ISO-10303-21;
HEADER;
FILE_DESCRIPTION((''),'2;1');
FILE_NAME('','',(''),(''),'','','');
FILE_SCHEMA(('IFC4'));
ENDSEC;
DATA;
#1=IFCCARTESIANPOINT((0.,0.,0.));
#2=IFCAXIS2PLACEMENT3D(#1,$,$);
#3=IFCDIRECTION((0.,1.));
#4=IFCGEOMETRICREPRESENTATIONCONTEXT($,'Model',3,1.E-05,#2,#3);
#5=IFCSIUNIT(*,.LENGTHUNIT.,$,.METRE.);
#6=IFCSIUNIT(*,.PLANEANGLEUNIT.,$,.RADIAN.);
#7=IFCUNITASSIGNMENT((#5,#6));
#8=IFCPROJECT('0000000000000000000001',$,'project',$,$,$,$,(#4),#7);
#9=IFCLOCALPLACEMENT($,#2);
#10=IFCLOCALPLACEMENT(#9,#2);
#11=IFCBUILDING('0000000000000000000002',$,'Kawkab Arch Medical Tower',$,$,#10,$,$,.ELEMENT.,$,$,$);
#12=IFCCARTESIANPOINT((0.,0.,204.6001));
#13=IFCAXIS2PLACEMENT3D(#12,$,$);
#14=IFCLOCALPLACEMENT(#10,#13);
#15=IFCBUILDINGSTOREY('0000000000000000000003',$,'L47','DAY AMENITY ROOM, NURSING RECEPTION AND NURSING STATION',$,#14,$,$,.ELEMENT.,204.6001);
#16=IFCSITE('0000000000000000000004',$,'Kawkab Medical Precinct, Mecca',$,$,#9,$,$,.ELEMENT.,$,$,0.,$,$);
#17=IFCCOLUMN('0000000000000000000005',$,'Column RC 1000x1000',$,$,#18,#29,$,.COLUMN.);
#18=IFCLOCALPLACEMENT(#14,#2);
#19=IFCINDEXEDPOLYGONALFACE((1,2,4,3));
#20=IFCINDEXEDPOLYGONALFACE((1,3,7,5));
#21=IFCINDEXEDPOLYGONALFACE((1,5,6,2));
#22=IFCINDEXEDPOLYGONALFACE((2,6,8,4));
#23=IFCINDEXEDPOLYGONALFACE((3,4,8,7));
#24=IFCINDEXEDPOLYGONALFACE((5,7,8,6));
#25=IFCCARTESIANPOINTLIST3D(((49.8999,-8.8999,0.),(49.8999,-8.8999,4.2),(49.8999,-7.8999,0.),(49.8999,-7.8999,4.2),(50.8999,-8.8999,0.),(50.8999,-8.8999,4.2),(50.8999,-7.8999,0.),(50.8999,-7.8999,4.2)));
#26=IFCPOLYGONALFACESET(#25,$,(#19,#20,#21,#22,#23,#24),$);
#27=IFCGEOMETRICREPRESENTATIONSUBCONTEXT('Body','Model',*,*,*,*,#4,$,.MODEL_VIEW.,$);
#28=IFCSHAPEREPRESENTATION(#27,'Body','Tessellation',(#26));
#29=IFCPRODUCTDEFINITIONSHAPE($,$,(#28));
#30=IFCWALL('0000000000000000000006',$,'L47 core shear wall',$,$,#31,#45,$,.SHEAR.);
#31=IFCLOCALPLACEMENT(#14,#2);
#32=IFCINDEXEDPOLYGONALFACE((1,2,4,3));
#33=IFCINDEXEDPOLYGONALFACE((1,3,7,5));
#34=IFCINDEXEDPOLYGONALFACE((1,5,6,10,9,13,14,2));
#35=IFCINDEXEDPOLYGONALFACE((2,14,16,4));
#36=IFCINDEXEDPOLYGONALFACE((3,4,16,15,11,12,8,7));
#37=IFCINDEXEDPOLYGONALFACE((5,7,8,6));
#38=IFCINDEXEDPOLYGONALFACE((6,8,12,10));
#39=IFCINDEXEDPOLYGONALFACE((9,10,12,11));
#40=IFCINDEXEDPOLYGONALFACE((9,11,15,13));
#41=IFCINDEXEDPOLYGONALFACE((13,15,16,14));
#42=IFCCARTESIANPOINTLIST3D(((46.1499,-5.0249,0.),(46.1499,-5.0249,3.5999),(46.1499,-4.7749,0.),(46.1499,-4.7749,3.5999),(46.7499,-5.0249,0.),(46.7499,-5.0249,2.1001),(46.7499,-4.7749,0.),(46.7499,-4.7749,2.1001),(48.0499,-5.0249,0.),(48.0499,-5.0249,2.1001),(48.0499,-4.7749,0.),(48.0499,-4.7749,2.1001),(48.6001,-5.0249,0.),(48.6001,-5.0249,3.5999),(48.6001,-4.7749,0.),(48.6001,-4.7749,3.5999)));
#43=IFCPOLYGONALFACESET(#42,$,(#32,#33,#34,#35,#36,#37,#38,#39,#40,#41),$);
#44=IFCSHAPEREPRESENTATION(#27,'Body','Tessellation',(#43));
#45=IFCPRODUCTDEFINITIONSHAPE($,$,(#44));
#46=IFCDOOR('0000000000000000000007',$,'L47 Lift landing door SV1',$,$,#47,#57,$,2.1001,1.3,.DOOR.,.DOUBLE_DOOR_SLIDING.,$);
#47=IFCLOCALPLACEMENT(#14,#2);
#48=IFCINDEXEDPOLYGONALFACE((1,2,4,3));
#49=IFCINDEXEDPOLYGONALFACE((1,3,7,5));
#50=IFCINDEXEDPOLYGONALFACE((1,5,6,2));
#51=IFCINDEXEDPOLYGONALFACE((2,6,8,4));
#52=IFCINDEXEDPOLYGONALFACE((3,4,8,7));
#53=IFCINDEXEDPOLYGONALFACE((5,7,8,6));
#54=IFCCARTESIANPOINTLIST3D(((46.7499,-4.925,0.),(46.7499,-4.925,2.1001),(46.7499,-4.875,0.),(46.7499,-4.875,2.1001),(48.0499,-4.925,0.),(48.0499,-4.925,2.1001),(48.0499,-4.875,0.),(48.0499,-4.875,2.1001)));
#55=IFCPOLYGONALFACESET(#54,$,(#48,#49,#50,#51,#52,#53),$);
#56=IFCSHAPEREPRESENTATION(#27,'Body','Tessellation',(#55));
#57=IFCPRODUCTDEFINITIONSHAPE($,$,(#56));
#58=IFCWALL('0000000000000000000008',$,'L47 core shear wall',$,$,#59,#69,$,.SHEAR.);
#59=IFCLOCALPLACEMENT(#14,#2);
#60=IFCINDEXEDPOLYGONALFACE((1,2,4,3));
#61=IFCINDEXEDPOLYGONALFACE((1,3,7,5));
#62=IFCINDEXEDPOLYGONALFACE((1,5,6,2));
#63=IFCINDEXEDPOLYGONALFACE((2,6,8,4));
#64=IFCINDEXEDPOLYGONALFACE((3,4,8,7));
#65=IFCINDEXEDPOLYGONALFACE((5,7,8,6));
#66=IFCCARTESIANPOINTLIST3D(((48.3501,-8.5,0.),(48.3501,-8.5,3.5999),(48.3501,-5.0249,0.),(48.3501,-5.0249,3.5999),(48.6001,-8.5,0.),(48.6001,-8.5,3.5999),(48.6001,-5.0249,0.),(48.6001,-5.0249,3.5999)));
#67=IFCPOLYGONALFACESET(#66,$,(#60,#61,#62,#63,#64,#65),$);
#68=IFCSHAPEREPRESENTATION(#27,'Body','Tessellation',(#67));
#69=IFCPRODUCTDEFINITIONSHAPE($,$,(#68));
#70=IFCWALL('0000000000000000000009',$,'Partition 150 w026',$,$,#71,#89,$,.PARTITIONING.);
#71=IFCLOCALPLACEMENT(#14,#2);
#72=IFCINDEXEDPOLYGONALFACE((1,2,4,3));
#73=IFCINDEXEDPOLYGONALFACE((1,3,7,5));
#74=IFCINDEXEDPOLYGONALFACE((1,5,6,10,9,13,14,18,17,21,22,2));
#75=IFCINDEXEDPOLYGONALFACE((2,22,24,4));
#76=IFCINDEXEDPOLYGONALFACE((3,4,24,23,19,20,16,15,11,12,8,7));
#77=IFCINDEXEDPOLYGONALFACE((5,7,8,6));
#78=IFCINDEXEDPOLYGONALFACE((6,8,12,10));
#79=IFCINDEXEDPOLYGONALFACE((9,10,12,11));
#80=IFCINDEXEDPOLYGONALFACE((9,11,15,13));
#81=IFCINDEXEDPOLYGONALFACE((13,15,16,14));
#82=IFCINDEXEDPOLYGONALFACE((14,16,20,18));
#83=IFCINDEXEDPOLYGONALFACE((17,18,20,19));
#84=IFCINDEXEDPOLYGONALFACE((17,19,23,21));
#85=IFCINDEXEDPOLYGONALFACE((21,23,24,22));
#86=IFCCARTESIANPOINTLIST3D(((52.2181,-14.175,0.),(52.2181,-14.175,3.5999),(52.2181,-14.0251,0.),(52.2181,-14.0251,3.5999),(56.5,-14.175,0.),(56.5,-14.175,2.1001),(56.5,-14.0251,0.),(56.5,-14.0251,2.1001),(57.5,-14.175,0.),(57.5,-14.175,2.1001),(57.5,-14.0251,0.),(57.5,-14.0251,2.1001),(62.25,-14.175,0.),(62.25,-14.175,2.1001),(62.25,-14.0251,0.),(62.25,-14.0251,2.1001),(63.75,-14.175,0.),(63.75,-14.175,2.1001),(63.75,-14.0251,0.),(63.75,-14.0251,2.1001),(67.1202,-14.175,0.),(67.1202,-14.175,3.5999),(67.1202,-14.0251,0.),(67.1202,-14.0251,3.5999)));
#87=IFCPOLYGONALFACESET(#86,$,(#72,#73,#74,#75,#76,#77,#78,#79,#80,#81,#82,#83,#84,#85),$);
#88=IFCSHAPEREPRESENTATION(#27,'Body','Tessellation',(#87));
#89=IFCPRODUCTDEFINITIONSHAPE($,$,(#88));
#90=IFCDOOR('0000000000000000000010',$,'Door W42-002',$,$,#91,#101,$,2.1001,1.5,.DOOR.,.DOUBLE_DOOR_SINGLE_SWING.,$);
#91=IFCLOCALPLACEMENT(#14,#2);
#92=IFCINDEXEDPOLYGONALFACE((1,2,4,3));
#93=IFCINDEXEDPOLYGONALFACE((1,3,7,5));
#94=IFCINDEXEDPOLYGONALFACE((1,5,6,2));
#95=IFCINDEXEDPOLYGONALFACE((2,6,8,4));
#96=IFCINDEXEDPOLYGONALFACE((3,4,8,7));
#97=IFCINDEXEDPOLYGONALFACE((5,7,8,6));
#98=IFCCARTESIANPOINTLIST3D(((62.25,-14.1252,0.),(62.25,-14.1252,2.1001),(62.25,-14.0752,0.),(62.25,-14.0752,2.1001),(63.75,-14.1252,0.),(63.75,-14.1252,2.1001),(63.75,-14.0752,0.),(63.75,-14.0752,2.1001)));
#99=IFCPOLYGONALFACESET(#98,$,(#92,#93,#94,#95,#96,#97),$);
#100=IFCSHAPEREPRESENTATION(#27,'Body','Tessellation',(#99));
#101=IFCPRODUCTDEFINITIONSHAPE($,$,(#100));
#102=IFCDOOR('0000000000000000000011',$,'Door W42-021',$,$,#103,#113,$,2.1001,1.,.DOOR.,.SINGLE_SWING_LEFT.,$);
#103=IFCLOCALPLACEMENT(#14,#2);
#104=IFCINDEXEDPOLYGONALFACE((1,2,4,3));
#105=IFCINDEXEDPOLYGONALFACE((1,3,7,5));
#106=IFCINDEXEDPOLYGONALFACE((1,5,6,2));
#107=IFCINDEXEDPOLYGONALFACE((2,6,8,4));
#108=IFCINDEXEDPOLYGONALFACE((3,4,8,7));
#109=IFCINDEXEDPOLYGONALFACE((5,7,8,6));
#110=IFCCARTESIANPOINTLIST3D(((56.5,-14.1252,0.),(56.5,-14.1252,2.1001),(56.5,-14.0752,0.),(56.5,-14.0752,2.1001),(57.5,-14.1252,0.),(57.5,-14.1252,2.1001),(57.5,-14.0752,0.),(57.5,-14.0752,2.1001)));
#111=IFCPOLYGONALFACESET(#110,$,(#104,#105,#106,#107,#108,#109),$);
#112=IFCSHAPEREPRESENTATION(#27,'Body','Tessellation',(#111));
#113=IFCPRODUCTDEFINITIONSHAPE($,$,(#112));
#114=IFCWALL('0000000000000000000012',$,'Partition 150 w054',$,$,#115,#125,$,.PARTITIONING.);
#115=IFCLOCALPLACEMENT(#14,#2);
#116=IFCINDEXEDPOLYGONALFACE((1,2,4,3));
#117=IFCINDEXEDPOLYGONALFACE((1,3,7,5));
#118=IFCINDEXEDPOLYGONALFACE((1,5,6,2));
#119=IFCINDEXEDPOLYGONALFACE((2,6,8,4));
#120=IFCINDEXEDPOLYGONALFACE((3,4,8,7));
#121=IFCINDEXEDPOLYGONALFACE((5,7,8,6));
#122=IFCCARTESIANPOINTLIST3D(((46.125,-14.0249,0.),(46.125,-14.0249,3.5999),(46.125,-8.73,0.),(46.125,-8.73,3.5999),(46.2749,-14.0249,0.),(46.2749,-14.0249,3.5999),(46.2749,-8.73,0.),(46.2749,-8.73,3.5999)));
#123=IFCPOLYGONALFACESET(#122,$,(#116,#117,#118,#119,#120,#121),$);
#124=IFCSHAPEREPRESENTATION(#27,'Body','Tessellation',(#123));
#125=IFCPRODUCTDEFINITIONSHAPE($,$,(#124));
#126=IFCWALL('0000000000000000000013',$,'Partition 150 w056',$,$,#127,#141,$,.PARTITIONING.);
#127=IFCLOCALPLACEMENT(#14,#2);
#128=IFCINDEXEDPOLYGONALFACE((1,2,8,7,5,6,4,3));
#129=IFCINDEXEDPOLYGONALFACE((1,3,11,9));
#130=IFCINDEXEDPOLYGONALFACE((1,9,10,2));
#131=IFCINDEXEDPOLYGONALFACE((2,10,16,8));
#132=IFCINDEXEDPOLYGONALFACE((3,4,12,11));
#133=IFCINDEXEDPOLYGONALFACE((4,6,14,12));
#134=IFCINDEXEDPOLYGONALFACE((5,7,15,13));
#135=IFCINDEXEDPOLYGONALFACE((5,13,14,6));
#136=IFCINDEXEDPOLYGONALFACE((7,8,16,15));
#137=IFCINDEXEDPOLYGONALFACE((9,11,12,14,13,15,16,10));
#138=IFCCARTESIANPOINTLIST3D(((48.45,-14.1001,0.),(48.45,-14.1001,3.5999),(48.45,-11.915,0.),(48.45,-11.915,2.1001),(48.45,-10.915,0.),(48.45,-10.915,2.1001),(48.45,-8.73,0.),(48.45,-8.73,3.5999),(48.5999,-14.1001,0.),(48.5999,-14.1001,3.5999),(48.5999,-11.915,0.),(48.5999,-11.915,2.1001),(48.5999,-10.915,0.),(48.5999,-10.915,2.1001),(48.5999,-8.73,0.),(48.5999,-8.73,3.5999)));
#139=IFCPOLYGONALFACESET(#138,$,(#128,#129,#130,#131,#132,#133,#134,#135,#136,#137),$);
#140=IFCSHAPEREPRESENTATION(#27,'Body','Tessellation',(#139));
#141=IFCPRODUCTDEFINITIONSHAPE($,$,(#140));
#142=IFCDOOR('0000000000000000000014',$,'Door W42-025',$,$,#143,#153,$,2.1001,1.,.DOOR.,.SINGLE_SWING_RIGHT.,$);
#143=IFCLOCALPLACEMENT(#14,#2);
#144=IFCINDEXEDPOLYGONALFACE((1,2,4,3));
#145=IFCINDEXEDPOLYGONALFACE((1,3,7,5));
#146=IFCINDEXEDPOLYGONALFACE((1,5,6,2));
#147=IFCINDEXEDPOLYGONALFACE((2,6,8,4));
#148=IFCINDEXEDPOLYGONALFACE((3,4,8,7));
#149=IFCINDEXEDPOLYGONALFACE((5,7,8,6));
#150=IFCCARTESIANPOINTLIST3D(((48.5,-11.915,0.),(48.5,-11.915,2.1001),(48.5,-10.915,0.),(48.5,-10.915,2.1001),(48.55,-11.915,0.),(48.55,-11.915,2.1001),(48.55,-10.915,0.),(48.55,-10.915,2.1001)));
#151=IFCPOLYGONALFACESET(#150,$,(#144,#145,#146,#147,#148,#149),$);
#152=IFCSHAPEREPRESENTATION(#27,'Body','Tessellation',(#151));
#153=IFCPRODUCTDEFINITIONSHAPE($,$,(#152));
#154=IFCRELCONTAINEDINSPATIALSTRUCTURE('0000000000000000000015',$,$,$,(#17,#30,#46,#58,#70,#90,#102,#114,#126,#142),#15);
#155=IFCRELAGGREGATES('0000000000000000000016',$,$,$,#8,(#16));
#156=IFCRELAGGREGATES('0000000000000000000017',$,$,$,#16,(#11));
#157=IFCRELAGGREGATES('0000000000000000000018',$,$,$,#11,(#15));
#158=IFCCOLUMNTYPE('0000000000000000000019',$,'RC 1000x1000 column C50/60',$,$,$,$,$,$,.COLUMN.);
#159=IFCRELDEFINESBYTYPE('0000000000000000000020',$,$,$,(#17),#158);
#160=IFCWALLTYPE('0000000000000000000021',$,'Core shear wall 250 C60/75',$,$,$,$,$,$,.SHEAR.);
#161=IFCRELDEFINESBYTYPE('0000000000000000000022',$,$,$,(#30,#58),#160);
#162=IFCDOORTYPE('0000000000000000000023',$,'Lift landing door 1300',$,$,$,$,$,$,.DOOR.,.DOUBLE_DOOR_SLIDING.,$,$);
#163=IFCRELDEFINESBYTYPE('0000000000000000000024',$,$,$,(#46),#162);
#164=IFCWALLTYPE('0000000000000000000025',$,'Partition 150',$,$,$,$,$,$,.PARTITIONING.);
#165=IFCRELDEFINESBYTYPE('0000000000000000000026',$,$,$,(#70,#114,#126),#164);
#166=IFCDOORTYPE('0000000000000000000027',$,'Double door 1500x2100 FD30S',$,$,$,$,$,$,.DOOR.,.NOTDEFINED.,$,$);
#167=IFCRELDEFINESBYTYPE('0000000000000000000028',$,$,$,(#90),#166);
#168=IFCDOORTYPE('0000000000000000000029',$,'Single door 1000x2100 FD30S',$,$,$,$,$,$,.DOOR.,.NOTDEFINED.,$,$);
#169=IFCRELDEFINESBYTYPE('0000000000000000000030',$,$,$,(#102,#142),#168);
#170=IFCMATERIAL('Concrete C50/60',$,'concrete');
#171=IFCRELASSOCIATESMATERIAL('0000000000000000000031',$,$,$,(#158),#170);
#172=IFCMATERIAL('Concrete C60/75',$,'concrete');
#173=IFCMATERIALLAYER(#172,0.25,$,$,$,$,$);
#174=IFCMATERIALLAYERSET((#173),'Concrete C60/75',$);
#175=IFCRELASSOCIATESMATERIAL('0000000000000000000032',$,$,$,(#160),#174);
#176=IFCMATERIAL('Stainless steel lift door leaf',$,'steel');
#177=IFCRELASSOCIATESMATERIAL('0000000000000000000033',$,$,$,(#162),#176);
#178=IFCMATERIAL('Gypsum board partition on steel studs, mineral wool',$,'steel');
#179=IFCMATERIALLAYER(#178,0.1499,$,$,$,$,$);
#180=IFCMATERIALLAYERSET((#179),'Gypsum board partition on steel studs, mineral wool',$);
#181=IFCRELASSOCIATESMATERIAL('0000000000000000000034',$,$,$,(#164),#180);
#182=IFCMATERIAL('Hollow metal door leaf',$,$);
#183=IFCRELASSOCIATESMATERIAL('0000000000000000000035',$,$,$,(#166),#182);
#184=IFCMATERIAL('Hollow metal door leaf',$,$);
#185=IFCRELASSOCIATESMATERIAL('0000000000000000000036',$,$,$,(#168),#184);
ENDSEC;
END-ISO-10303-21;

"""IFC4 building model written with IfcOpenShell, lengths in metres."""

from ifc_helpers import new_model, si_unit, direction, frame, frame_2d, origin, origin_2d, place, context, subcontext, project, spatial, rectangle, extrude, material, layer, layer_set, material_profile, profile_set, type_object, element, fill, save


model = new_model("IFC4")

# Units and contexts
model_context = context("Model", 3, precision=1e-05, world=origin(), true_north=direction((0.0, 1.0)))
body_context = subcontext(model_context, "Body", "Model", "MODEL_VIEW")
ifc_project = project(units=[si_unit("LENGTHUNIT", "METRE"), si_unit("PLANEANGLEUNIT", "RADIAN")], contexts=[model_context])

# Site, building, storey
site_placement = place(None, origin())
site = spatial("IfcSite", under=ifc_project, at=site_placement, Name="Kawkab Medical Precinct, Mecca", CompositionType="ELEMENT", RefElevation=0.0)
building_placement = place(site_placement, origin())
building = spatial("IfcBuilding", under=site, at=building_placement, Name="Kawkab Arch Medical Tower", CompositionType="ELEMENT")
storey_placement = place(building_placement, frame((0.0, 0.0, 204.6001)))
storey = spatial("IfcBuildingStorey", under=building, at=storey_placement, Name="L47", Description="DAY AMENITY ROOM, NURSING RECEPTION AND NURSING STATION", CompositionType="ELEMENT", Elevation=204.6001)

# Column
ifc_material_1 = material(Name="Concrete C50/60", Category="concrete")
ifc_material_profile = material_profile(ifc_material_1, rectangle(XDim=1.0, YDim=1.0, at=origin_2d()), Name="RC 1000x1000")
ifc_profile_set = profile_set([ifc_material_profile], Name="Concrete C50/60")
column_type = type_object("IfcColumnType", Name="RC 1000x1000 column C50/60", PredefinedType="COLUMN", material=ifc_profile_set)
column_placement = place(storey_placement, frame((50.3999, -8.3999, 0.0), z_axis=(0.0, 0.0, 1.0), x_axis=(1.0, 0.0, 0.0)))
element("IfcColumn", 1, at=column_placement, inside=storey, type_object=column_type, Name="Column RC 1000x1000", PredefinedType="COLUMN", context=body_context, shape_type="SweptSolid", body=[
    extrude(rectangle(XDim=1.0, YDim=1.0, at=origin_2d()), origin(), (0.0, 0.0, 1.0), 4.2),
])

# Wall, opening, door
ifc_material_2 = material(Name="Concrete C60/75", Category="concrete")
ifc_layer_1 = layer(ifc_material_2, 0.25)
ifc_layer_set_1 = layer_set([ifc_layer_1], Name="Concrete C60/75")
wall_type_1 = type_object("IfcWallType", Name="Core shear wall 250 C60/75", PredefinedType="SHEAR", material=ifc_layer_set_1)
wall_1_placement = place(storey_placement, frame((46.1499, -4.8999, 0.0), z_axis=(0.0, 0.0, 1.0), x_axis=(1.0, 0.0, 0.0)))
wall_1 = element("IfcWall", 2, at=wall_1_placement, inside=storey, type_object=wall_type_1, Name="L47 core shear wall", PredefinedType="SHEAR", context=body_context, shape_type="SweptSolid", body=[
    extrude(rectangle(XDim=2.4502, YDim=0.25, at=frame_2d((1.2251, 0.0))), origin(), (0.0, 0.0, 1.0), 3.5999),
])
opening_1_placement = place(wall_1_placement, frame((0.6001, 0.0, 0.0)))
opening_1 = element("IfcOpeningElement", 3, at=opening_1_placement, cuts=wall_1, PredefinedType="OPENING", context=body_context, shape_type="SweptSolid", body=[
    extrude(rectangle(XDim=1.3, YDim=2.1001, at=frame_2d((0.6499, 1.05))), frame((0.0, 0.135, 0.0), z_axis=(0.0, -1.0, 0.0), x_axis=(1.0, 0.0, 0.0)), (0.0, 0.0, 1.0), 0.27),
])
ifc_material_3 = material(Name="Stainless steel lift door leaf", Category="steel")
door_type_1 = type_object("IfcDoorType", Name="Lift landing door 1300", OperationType="DOUBLE_DOOR_SLIDING", PredefinedType="DOOR", material=ifc_material_3)
door_1_placement = place(opening_1_placement, origin())
door_1 = element("IfcDoor", 4, at=door_1_placement, inside=storey, type_object=door_type_1, Name="L47 Lift landing door SV1", OperationType="DOUBLE_DOOR_SLIDING", OverallHeight=2.1001, OverallWidth=1.3, PredefinedType="DOOR", context=body_context, shape_type="SweptSolid", body=[
    extrude(rectangle(XDim=1.3, YDim=2.1001, at=frame_2d((0.6499, 1.05))), frame((0.0, 0.0249, 0.0), z_axis=(0.0, -1.0, 0.0), x_axis=(1.0, 0.0, 0.0)), (0.0, 0.0, 1.0), 0.05),
])
fill(opening_1, door_1)

# Wall
wall_2_placement = place(storey_placement, frame((48.4751, -8.5, 0.0), z_axis=(0.0, 0.0, 1.0), x_axis=(0.0, 1.0, 0.0)))
element("IfcWall", 5, at=wall_2_placement, inside=storey, type_object=wall_type_1, Name="L47 core shear wall", PredefinedType="SHEAR", context=body_context, shape_type="SweptSolid", body=[
    extrude(rectangle(XDim=3.4751, YDim=0.25, at=frame_2d((1.7375, 0.0))), origin(), (0.0, 0.0, 1.0), 3.5999),
])

# Wall, openings, doors
ifc_material_4 = material(Name="Gypsum board partition on steel studs, mineral wool", Category="steel")
ifc_layer_2 = layer(ifc_material_4, 0.1499)
ifc_layer_set_2 = layer_set([ifc_layer_2], Name="Gypsum board partition on steel studs, mineral wool")
wall_type_2 = type_object("IfcWallType", Name="Partition 150", PredefinedType="PARTITIONING", material=ifc_layer_set_2)
wall_3_placement = place(storey_placement, frame((52.218, -14.1001, 0.0), z_axis=(0.0, 0.0, 1.0), x_axis=(1.0, 0.0, 0.0)))
wall_3 = element("IfcWall", 6, at=wall_3_placement, inside=storey, type_object=wall_type_2, Name="Partition 150 w026", PredefinedType="PARTITIONING", context=body_context, shape_type="SweptSolid", body=[
    extrude(rectangle(XDim=14.9021, YDim=0.1499, at=frame_2d((7.4512, 0.0))), origin(), (0.0, 0.0, 1.0), 3.5999),
])
opening_2_placement = place(wall_3_placement, frame((4.282, 0.0, 0.0)))
opening_2 = element("IfcOpeningElement", 7, at=opening_2_placement, cuts=wall_3, PredefinedType="OPENING", context=body_context, shape_type="SweptSolid", body=[
    extrude(rectangle(XDim=1.0, YDim=2.1001, at=frame_2d((0.5, 1.05))), frame((0.0, 0.085, 0.0), z_axis=(0.0, -1.0, 0.0), x_axis=(1.0, 0.0, 0.0)), (0.0, 0.0, 1.0), 0.1699),
])
opening_3_placement = place(wall_3_placement, frame((10.032, 0.0, 0.0)))
opening_3 = element("IfcOpeningElement", 8, at=opening_3_placement, cuts=wall_3, PredefinedType="OPENING", context=body_context, shape_type="SweptSolid", body=[
    extrude(rectangle(XDim=1.5, YDim=2.1001, at=frame_2d((0.75, 1.05))), frame((0.0, 0.085, 0.0), z_axis=(0.0, -1.0, 0.0), x_axis=(1.0, 0.0, 0.0)), (0.0, 0.0, 1.0), 0.1699),
])
ifc_material_5 = material(Name="Hollow metal door leaf")
door_type_2 = type_object("IfcDoorType", Name="Double door 1500x2100 FD30S", OperationType="NOTDEFINED", PredefinedType="DOOR", material=ifc_material_5)
door_2_placement = place(opening_3_placement, origin())
door_2 = element("IfcDoor", 9, at=door_2_placement, inside=storey, type_object=door_type_2, Name="Door W42-002", OperationType="DOUBLE_DOOR_SINGLE_SWING", OverallHeight=2.1001, OverallWidth=1.5, PredefinedType="DOOR", context=body_context, shape_type="SweptSolid", body=[
    extrude(rectangle(XDim=1.5, YDim=2.1001, at=frame_2d((0.75, 1.05))), frame((0.0, 0.0249, 0.0), z_axis=(0.0, -1.0, 0.0), x_axis=(1.0, 0.0, 0.0)), (0.0, 0.0, 1.0), 0.05),
])
fill(opening_3, door_2)
ifc_material_6 = material(Name="Hollow metal door leaf")
door_type_3 = type_object("IfcDoorType", Name="Single door 1000x2100 FD30S", OperationType="NOTDEFINED", PredefinedType="DOOR", material=ifc_material_6)
door_3_placement = place(opening_2_placement, origin())
door_3 = element("IfcDoor", 10, at=door_3_placement, inside=storey, type_object=door_type_3, Name="Door W42-021", OperationType="SINGLE_SWING_LEFT", OverallHeight=2.1001, OverallWidth=1.0, PredefinedType="DOOR", context=body_context, shape_type="SweptSolid", body=[
    extrude(rectangle(XDim=1.0, YDim=2.1001, at=frame_2d((0.5, 1.05))), frame((0.0, 0.0249, 0.0), z_axis=(0.0, -1.0, 0.0), x_axis=(1.0, 0.0, 0.0)), (0.0, 0.0, 1.0), 0.05),
])
fill(opening_2, door_3)

# Wall
wall_4_placement = place(storey_placement, frame((46.2, -14.0249, 0.0), z_axis=(0.0, 0.0, 1.0), x_axis=(0.0, 1.0, 0.0)))
element("IfcWall", 11, at=wall_4_placement, inside=storey, type_object=wall_type_2, Name="Partition 150 w054", PredefinedType="PARTITIONING", context=body_context, shape_type="SweptSolid", body=[
    extrude(rectangle(XDim=5.2949, YDim=0.1499, at=frame_2d((2.6475, 0.0))), origin(), (0.0, 0.0, 1.0), 3.5999),
])

# Wall, opening, door
wall_5_placement = place(storey_placement, frame((48.5249, -14.1001, 0.0), z_axis=(0.0, 0.0, 1.0), x_axis=(0.0, 1.0, 0.0)))
wall_5 = element("IfcWall", 12, at=wall_5_placement, inside=storey, type_object=wall_type_2, Name="Partition 150 w056", PredefinedType="PARTITIONING", context=body_context, shape_type="SweptSolid", body=[
    extrude(rectangle(XDim=5.3701, YDim=0.1499, at=frame_2d((2.6851, 0.0))), origin(), (0.0, 0.0, 1.0), 3.5999),
])
opening_4_placement = place(wall_5_placement, frame((2.1851, 0.0, 0.0)))
opening_4 = element("IfcOpeningElement", 13, at=opening_4_placement, cuts=wall_5, PredefinedType="OPENING", context=body_context, shape_type="SweptSolid", body=[
    extrude(rectangle(XDim=1.0, YDim=2.1001, at=frame_2d((0.5, 1.05))), frame((0.0, 0.085, 0.0), z_axis=(0.0, -1.0, 0.0), x_axis=(1.0, 0.0, 0.0)), (0.0, 0.0, 1.0), 0.1699),
])
door_4_placement = place(opening_4_placement, origin())
door_4 = element("IfcDoor", 14, at=door_4_placement, inside=storey, type_object=door_type_3, Name="Door W42-025", OperationType="SINGLE_SWING_RIGHT", OverallHeight=2.1001, OverallWidth=1.0, PredefinedType="DOOR", context=body_context, shape_type="SweptSolid", body=[
    extrude(rectangle(XDim=1.0, YDim=2.1001, at=frame_2d((0.5, 1.05))), frame((0.0, 0.0249, 0.0), z_axis=(0.0, -1.0, 0.0), x_axis=(1.0, 0.0, 0.0)), (0.0, 0.0, 1.0), 0.05),
])
fill(opening_4, door_4)

save(model, "model.ifc")
